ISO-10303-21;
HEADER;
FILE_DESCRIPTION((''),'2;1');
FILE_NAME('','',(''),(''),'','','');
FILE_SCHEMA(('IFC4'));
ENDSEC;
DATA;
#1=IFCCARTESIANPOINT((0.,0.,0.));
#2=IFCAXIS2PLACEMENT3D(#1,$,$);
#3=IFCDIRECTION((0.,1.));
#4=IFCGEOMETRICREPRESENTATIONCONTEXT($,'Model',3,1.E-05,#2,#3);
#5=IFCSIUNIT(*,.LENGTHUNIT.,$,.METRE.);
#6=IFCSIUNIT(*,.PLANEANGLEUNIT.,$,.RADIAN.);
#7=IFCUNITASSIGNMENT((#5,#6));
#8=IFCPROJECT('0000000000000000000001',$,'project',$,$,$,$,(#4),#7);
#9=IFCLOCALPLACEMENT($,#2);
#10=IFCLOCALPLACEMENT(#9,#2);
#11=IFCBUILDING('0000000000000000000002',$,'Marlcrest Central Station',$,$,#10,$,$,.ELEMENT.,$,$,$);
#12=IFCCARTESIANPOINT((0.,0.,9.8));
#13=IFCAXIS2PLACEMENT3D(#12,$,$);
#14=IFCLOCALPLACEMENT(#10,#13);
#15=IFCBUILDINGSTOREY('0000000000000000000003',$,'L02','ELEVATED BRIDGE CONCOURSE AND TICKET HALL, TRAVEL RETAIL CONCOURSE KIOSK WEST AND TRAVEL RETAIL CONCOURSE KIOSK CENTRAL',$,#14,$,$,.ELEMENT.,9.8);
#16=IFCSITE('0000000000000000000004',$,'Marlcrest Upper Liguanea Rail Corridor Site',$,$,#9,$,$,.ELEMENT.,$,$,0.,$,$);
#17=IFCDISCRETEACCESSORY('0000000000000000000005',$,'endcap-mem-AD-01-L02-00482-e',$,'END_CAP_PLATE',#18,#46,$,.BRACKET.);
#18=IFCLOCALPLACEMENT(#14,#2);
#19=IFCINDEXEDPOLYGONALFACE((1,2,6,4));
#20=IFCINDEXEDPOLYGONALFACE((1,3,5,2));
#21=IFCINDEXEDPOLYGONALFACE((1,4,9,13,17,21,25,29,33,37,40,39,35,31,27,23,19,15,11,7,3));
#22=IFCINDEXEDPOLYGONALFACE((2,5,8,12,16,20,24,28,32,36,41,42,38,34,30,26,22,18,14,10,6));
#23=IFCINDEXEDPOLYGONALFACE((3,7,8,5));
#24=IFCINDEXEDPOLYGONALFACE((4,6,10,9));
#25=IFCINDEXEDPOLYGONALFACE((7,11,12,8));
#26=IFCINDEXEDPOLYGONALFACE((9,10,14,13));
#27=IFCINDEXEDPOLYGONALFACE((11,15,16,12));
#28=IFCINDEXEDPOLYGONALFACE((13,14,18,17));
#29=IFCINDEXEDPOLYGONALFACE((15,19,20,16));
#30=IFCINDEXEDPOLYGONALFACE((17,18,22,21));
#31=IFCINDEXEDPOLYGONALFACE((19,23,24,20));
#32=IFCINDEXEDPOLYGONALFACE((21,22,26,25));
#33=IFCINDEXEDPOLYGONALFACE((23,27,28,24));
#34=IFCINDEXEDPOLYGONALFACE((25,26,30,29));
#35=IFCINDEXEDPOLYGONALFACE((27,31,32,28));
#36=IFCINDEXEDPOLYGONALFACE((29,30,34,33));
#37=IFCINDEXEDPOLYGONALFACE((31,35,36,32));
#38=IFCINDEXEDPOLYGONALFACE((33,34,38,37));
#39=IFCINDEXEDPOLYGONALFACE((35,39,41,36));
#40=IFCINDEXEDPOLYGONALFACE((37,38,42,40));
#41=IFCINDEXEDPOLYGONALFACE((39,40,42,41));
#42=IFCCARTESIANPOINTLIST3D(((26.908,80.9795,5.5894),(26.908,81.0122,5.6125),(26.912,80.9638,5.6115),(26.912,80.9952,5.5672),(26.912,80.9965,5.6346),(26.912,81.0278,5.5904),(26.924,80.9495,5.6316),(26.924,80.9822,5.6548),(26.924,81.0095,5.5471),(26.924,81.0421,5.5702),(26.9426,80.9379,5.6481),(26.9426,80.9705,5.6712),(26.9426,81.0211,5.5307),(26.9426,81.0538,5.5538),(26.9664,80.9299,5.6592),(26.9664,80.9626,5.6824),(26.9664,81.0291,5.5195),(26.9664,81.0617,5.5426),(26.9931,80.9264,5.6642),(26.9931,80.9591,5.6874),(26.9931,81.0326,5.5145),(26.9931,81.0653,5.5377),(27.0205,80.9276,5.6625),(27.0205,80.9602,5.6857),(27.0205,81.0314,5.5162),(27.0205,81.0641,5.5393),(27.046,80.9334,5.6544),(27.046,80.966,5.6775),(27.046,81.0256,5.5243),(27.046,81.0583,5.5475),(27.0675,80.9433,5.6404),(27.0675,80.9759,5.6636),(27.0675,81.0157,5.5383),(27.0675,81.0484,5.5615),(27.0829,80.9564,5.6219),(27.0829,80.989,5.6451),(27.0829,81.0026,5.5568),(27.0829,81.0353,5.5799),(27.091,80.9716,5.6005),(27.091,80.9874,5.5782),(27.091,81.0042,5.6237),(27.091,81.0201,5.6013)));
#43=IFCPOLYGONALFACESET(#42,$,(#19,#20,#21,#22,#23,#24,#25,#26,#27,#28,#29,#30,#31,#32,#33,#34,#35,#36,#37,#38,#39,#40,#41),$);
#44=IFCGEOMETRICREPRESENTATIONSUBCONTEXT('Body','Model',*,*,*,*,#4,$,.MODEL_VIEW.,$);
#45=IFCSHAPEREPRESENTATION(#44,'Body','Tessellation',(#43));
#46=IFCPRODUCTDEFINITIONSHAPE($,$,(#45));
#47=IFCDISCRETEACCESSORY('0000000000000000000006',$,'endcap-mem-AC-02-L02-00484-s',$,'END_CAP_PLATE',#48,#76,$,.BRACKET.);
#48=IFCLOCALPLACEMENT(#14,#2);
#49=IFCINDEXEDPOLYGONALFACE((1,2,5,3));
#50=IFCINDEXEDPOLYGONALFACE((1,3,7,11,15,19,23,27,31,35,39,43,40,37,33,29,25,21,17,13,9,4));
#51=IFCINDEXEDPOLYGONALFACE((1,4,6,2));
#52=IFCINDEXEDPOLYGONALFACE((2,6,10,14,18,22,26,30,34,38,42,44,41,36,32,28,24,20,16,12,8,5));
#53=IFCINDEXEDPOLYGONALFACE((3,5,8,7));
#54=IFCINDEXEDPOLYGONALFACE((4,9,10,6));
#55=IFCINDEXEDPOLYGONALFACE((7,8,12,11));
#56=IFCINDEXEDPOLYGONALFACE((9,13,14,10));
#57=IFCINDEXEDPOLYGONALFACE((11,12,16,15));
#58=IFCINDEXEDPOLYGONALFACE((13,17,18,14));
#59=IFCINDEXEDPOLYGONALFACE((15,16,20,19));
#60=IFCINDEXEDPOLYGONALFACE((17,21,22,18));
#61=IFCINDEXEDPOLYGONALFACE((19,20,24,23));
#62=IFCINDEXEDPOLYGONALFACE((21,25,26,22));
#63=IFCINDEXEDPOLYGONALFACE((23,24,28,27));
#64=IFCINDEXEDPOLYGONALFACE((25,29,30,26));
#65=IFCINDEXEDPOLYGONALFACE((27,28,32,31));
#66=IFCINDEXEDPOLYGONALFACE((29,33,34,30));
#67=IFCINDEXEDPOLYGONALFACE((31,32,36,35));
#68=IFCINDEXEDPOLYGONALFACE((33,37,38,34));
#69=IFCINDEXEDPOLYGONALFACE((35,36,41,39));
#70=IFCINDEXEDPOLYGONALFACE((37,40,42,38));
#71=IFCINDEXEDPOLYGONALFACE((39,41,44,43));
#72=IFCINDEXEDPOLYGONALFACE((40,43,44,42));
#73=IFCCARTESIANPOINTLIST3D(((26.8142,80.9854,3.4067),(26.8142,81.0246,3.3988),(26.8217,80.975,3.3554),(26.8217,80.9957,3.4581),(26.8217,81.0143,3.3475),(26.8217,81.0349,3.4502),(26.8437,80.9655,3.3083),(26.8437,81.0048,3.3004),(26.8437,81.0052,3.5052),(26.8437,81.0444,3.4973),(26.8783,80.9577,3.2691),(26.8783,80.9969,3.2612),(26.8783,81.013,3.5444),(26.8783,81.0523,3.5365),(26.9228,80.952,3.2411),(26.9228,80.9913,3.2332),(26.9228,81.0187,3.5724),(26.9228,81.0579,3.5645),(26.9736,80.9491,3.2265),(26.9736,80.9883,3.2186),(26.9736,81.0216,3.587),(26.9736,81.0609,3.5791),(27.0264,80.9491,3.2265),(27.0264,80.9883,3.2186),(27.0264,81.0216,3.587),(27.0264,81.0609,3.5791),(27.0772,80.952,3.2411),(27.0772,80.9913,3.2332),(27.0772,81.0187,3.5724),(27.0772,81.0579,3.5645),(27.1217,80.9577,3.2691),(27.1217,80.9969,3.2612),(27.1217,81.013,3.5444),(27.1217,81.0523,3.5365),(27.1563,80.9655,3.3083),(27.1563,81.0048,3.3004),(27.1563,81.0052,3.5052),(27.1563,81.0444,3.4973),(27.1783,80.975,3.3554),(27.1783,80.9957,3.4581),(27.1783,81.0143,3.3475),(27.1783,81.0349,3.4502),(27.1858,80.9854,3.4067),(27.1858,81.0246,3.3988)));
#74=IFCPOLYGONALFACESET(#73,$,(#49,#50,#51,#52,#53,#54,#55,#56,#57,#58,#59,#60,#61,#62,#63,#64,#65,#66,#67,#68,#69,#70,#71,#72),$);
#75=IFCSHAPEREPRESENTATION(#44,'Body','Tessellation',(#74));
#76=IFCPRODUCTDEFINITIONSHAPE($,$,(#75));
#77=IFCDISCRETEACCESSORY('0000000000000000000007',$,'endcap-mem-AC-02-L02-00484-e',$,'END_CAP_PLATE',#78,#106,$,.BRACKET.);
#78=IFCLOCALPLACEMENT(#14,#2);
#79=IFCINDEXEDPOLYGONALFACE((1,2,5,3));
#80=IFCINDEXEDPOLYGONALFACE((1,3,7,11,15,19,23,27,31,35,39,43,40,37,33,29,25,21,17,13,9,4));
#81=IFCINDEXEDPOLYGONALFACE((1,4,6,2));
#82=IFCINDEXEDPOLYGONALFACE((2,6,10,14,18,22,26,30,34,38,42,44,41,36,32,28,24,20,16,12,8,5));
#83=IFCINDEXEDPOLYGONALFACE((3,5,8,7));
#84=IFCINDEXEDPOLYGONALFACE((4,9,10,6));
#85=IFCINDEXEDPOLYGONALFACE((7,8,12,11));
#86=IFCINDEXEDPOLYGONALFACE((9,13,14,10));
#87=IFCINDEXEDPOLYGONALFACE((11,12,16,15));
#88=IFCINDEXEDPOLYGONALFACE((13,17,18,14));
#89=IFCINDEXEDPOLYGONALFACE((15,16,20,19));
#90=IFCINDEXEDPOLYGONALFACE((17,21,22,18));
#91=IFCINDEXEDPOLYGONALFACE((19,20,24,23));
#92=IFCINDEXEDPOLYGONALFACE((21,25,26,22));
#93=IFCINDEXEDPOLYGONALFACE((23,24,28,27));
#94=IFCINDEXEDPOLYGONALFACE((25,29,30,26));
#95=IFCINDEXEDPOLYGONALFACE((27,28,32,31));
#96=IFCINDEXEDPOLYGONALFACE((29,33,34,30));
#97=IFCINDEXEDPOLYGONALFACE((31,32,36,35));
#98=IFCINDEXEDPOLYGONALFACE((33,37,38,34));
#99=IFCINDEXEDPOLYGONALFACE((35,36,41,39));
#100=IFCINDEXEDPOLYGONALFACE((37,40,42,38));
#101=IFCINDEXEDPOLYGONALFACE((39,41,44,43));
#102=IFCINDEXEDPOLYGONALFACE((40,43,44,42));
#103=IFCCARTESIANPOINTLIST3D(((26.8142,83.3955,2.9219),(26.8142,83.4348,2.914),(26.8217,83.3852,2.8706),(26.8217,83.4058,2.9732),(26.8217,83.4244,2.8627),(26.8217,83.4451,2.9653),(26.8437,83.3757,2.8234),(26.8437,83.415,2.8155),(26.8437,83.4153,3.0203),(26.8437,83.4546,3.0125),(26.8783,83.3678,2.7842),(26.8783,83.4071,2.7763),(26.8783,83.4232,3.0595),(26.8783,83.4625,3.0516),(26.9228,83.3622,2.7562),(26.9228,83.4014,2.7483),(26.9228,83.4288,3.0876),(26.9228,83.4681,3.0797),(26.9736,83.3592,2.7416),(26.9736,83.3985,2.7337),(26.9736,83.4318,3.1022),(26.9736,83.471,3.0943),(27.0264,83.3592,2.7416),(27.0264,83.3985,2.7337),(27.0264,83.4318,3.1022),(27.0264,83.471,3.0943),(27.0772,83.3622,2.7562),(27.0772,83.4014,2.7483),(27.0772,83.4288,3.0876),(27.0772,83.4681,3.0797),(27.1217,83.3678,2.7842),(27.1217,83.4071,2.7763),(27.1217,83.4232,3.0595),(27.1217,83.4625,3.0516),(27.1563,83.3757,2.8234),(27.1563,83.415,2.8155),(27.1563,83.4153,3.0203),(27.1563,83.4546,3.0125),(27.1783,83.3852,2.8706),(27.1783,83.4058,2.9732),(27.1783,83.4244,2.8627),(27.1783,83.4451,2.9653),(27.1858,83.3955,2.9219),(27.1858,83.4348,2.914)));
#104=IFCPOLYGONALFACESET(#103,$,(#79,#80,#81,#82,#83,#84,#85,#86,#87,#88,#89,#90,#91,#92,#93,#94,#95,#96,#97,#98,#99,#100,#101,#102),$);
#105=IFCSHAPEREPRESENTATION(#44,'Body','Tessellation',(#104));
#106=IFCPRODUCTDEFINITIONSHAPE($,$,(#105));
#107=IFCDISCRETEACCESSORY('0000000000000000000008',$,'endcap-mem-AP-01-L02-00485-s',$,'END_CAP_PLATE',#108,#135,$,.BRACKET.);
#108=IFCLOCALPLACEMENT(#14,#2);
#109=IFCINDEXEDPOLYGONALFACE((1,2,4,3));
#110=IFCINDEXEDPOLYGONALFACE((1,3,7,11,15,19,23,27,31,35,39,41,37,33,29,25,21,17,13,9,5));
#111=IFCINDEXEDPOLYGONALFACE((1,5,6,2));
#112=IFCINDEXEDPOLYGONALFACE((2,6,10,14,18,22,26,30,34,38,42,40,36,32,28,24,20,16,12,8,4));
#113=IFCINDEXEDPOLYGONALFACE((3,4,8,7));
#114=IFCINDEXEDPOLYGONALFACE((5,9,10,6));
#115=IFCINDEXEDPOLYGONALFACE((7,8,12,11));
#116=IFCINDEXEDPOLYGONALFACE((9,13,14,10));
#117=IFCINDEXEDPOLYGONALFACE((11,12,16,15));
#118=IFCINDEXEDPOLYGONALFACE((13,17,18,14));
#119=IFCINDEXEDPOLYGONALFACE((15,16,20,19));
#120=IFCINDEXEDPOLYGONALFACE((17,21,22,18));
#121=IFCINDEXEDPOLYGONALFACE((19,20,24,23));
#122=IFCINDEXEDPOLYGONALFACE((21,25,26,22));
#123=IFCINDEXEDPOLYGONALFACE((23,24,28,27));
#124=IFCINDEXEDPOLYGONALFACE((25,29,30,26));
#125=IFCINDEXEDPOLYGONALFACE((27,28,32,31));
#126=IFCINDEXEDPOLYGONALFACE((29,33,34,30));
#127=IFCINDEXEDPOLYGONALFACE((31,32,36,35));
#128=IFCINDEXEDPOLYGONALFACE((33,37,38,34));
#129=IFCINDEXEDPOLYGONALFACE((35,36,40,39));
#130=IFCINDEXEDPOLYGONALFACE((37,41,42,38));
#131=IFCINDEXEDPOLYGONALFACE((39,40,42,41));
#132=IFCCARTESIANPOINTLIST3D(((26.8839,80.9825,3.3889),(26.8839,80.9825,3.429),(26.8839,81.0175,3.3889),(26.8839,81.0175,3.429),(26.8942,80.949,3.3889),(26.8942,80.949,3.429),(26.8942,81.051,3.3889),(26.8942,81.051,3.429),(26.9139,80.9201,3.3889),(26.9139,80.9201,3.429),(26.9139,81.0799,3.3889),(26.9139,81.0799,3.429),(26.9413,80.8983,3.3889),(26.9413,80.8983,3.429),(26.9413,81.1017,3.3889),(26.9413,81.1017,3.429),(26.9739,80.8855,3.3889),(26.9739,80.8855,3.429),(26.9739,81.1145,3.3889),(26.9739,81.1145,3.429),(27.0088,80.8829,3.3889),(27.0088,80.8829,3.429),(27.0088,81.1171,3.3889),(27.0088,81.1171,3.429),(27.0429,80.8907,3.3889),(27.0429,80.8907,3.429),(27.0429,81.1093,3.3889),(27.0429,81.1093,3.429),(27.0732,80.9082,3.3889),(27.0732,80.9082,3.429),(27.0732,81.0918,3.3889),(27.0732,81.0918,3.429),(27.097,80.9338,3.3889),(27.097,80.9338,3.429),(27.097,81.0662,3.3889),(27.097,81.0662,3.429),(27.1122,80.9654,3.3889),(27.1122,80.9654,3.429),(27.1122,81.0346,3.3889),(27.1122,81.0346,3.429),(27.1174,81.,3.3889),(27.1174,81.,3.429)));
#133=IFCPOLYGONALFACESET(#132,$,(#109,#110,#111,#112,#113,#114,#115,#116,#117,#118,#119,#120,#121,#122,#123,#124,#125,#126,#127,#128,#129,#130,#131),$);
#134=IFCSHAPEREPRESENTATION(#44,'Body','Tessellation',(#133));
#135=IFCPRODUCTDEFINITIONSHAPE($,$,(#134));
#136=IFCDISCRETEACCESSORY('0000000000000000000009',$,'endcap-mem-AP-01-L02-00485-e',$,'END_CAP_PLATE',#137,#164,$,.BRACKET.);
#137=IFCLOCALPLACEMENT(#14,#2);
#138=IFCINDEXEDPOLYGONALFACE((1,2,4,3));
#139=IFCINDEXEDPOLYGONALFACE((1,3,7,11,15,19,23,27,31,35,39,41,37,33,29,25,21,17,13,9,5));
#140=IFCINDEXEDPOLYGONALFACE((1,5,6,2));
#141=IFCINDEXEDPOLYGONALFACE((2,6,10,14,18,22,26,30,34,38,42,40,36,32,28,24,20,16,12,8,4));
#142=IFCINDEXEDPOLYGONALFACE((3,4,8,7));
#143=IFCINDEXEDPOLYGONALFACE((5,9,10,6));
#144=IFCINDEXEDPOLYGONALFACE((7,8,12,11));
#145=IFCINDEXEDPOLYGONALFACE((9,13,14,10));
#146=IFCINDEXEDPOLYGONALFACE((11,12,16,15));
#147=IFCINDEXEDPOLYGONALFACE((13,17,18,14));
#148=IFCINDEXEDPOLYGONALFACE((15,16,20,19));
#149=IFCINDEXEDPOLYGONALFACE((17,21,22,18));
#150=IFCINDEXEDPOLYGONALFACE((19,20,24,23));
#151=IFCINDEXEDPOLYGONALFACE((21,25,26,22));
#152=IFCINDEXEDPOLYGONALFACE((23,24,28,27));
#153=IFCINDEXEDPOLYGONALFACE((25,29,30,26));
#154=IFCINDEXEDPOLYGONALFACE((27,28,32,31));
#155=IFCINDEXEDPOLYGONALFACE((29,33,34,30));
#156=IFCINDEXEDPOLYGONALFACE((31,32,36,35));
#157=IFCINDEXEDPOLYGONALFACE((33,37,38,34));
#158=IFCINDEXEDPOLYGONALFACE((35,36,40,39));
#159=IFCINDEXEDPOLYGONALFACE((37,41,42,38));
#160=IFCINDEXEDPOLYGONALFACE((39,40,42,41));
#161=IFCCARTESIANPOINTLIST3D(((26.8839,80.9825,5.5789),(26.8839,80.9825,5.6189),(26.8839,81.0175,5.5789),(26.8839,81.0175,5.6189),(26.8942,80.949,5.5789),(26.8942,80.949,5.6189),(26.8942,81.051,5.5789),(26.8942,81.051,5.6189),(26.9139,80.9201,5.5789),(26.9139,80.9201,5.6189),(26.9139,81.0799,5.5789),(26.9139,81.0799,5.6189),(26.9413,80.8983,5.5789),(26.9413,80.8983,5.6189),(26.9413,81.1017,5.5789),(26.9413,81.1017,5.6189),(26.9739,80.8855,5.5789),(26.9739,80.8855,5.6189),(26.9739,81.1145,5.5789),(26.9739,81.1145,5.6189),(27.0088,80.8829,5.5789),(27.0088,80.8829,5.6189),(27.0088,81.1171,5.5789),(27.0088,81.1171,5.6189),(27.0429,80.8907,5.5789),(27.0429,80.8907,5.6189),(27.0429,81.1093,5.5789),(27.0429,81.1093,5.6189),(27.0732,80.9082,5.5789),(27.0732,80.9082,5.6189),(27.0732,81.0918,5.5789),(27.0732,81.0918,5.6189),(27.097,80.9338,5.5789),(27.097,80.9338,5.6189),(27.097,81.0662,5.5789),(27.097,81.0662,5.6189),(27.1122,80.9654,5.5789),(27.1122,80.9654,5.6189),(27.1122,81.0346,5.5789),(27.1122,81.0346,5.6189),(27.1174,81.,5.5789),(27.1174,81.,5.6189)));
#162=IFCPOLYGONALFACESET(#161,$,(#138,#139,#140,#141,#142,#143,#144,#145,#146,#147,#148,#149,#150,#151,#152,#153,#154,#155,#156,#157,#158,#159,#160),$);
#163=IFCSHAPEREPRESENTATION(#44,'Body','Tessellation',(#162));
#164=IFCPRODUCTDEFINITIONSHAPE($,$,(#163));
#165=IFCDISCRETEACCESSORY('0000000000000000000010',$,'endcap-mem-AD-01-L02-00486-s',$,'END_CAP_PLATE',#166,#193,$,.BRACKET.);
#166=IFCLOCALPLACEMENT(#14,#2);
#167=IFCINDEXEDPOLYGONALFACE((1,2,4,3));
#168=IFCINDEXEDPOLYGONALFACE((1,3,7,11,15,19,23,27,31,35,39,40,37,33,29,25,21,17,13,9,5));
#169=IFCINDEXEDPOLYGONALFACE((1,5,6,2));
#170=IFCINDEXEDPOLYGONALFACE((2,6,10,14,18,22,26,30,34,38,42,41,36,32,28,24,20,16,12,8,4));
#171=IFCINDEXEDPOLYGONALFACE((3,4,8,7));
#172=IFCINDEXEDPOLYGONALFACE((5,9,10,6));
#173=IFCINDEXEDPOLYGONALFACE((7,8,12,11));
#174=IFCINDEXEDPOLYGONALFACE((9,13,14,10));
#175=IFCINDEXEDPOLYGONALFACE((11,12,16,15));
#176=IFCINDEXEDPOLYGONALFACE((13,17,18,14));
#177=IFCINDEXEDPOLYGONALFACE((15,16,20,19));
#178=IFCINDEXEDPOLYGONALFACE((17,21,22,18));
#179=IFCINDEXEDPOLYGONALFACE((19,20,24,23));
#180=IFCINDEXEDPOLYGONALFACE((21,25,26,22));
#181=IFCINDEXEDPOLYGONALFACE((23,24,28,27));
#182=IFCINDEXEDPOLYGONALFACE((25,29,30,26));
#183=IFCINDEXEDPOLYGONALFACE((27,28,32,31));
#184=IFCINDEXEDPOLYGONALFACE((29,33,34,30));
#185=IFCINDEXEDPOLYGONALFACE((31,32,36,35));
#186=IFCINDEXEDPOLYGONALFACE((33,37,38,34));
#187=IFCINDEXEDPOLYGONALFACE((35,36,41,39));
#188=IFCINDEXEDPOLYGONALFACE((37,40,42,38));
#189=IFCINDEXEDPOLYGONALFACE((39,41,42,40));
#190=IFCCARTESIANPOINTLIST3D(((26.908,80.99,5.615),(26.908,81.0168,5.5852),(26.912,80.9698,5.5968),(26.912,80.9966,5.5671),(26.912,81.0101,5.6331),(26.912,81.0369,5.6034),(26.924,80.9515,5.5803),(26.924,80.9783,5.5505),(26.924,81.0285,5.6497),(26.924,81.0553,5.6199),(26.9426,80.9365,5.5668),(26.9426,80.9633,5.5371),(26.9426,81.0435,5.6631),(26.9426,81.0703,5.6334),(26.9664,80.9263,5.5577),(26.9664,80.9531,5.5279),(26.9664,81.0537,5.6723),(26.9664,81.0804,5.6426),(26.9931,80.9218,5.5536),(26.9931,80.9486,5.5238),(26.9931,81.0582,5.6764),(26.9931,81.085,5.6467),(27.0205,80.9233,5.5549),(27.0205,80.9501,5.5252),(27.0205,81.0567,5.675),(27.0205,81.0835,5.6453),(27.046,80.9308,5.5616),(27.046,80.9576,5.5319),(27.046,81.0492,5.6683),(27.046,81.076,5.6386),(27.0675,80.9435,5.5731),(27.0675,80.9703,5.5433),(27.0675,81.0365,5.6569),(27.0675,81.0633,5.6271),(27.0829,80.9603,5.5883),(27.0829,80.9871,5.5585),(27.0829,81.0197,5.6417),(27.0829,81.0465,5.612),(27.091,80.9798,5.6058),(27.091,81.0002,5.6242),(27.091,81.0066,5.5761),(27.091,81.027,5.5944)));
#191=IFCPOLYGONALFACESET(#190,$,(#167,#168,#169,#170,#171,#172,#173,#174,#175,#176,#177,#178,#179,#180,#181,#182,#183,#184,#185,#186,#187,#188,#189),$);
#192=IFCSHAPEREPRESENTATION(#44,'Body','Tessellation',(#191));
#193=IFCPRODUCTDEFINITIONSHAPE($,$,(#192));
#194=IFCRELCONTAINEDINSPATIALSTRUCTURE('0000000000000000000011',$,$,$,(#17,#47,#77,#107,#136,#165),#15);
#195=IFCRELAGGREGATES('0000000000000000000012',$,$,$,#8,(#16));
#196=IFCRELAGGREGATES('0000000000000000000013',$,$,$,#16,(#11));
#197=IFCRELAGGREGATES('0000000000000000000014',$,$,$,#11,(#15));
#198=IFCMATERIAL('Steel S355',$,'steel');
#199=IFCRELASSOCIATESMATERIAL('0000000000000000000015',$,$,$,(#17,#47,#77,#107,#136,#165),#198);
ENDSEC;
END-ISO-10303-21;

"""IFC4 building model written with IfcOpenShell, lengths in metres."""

from ifc_helpers import new_model, si_unit, direction, frame, origin, origin_2d, place, context, subcontext, project, spatial, circle, extrude, material, element, save


model = new_model("IFC4")

# Units and contexts
model_context = context("Model", 3, precision=1e-05, world=origin(), true_north=direction((0.0, 1.0)))
body_context = subcontext(model_context, "Body", "Model", "MODEL_VIEW")
ifc_project = project(units=[si_unit("LENGTHUNIT", "METRE"), si_unit("PLANEANGLEUNIT", "RADIAN")], contexts=[model_context])

# Site, building, storey
site_placement = place(None, origin())
site = spatial("IfcSite", under=ifc_project, at=site_placement, Name="Marlcrest Upper Liguanea Rail Corridor Site", CompositionType="ELEMENT", RefElevation=0.0)
building_placement = place(site_placement, origin())
building = spatial("IfcBuilding", under=site, at=building_placement, Name="Marlcrest Central Station", CompositionType="ELEMENT")
storey_placement = place(building_placement, frame((0.0, 0.0, 9.8)))
storey = spatial("IfcBuildingStorey", under=building, at=storey_placement, Name="L02", Description="ELEVATED BRIDGE CONCOURSE AND TICKET HALL, TRAVEL RETAIL CONCOURSE KIOSK WEST AND TRAVEL RETAIL CONCOURSE KIOSK CENTRAL", CompositionType="ELEMENT", Elevation=9.8)

# Shared definitions
ifc_material_1 = material(Name="Steel S355", Category="steel")

# Discrete accessories
discrete_accessory_1_placement = place(storey_placement, frame((27.0, 80.9795, 5.5894), z_axis=(0.0, 0.815661, 0.57853), x_axis=(-1.0, 0.0, 0.0)))
element("IfcDiscreteAccessory", 1, at=discrete_accessory_1_placement, inside=storey, material=ifc_material_1, Name="endcap-mem-AD-01-L02-00482-e", ObjectType="END_CAP_PLATE", PredefinedType="BRACKET", context=body_context, shape_type="SweptSolid", body=[
    extrude(circle(Radius=0.092, at=origin_2d()), origin(), (0.0, 0.0, 1.0), 0.04),
])
for number, where, z_axis, x_axis, name in (
    (2, (27.0, 80.9854, 3.4067), (0.0, 0.980359, -0.197219), (-1.0, 0.0, 0.0), "endcap-mem-AC-02-L02-00484-s"),
    (3, (27.0, 83.3955, 2.9219), (0.0, 0.980359, -0.197219), (-1.0, 0.0, 0.0), "endcap-mem-AC-02-L02-00484-e"),
):
    element("IfcDiscreteAccessory", number, at=place(storey_placement, frame(where, z_axis=z_axis, x_axis=x_axis)), inside=storey, material=ifc_material_1, Name=name, ObjectType="END_CAP_PLATE", PredefinedType="BRACKET", context=body_context, shape_type="SweptSolid", body=[
        extrude(circle(Radius=0.1858, at=origin_2d()), origin(), (0.0, 0.0, 1.0), 0.04),
    ])
for number, where, z_axis, x_axis, name in (
    (4, (27.0, 81.0, 3.3889), (0.0, 0.0, 1.0), (1.0, 0.0, 0.0), "endcap-mem-AP-01-L02-00485-s"),
    (5, (27.0, 81.0, 5.5789), (0.0, 0.0, 1.0), (1.0, 0.0, 0.0), "endcap-mem-AP-01-L02-00485-e"),
):
    element("IfcDiscreteAccessory", number, at=place(storey_placement, frame(where, z_axis=z_axis, x_axis=x_axis)), inside=storey, material=ifc_material_1, Name=name, ObjectType="END_CAP_PLATE", PredefinedType="BRACKET", context=body_context, shape_type="SweptSolid", body=[
        extrude(circle(Radius=0.1174, at=origin_2d()), origin(), (0.0, 0.0, 1.0), 0.04),
    ])
for number, where, z_axis, x_axis, name in (
    (6, (27.0, 80.99, 5.615), (0.0, 0.669244, -0.743042), (-1.0, 0.0, 0.0), "endcap-mem-AD-01-L02-00486-s"),
):
    element("IfcDiscreteAccessory", number, at=place(storey_placement, frame(where, z_axis=z_axis, x_axis=x_axis)), inside=storey, material=ifc_material_1, Name=name, ObjectType="END_CAP_PLATE", PredefinedType="BRACKET", context=body_context, shape_type="SweptSolid", body=[
        extrude(circle(Radius=0.092, at=origin_2d()), origin(), (0.0, 0.0, 1.0), 0.04),
    ])

save(model, "model.ifc")
